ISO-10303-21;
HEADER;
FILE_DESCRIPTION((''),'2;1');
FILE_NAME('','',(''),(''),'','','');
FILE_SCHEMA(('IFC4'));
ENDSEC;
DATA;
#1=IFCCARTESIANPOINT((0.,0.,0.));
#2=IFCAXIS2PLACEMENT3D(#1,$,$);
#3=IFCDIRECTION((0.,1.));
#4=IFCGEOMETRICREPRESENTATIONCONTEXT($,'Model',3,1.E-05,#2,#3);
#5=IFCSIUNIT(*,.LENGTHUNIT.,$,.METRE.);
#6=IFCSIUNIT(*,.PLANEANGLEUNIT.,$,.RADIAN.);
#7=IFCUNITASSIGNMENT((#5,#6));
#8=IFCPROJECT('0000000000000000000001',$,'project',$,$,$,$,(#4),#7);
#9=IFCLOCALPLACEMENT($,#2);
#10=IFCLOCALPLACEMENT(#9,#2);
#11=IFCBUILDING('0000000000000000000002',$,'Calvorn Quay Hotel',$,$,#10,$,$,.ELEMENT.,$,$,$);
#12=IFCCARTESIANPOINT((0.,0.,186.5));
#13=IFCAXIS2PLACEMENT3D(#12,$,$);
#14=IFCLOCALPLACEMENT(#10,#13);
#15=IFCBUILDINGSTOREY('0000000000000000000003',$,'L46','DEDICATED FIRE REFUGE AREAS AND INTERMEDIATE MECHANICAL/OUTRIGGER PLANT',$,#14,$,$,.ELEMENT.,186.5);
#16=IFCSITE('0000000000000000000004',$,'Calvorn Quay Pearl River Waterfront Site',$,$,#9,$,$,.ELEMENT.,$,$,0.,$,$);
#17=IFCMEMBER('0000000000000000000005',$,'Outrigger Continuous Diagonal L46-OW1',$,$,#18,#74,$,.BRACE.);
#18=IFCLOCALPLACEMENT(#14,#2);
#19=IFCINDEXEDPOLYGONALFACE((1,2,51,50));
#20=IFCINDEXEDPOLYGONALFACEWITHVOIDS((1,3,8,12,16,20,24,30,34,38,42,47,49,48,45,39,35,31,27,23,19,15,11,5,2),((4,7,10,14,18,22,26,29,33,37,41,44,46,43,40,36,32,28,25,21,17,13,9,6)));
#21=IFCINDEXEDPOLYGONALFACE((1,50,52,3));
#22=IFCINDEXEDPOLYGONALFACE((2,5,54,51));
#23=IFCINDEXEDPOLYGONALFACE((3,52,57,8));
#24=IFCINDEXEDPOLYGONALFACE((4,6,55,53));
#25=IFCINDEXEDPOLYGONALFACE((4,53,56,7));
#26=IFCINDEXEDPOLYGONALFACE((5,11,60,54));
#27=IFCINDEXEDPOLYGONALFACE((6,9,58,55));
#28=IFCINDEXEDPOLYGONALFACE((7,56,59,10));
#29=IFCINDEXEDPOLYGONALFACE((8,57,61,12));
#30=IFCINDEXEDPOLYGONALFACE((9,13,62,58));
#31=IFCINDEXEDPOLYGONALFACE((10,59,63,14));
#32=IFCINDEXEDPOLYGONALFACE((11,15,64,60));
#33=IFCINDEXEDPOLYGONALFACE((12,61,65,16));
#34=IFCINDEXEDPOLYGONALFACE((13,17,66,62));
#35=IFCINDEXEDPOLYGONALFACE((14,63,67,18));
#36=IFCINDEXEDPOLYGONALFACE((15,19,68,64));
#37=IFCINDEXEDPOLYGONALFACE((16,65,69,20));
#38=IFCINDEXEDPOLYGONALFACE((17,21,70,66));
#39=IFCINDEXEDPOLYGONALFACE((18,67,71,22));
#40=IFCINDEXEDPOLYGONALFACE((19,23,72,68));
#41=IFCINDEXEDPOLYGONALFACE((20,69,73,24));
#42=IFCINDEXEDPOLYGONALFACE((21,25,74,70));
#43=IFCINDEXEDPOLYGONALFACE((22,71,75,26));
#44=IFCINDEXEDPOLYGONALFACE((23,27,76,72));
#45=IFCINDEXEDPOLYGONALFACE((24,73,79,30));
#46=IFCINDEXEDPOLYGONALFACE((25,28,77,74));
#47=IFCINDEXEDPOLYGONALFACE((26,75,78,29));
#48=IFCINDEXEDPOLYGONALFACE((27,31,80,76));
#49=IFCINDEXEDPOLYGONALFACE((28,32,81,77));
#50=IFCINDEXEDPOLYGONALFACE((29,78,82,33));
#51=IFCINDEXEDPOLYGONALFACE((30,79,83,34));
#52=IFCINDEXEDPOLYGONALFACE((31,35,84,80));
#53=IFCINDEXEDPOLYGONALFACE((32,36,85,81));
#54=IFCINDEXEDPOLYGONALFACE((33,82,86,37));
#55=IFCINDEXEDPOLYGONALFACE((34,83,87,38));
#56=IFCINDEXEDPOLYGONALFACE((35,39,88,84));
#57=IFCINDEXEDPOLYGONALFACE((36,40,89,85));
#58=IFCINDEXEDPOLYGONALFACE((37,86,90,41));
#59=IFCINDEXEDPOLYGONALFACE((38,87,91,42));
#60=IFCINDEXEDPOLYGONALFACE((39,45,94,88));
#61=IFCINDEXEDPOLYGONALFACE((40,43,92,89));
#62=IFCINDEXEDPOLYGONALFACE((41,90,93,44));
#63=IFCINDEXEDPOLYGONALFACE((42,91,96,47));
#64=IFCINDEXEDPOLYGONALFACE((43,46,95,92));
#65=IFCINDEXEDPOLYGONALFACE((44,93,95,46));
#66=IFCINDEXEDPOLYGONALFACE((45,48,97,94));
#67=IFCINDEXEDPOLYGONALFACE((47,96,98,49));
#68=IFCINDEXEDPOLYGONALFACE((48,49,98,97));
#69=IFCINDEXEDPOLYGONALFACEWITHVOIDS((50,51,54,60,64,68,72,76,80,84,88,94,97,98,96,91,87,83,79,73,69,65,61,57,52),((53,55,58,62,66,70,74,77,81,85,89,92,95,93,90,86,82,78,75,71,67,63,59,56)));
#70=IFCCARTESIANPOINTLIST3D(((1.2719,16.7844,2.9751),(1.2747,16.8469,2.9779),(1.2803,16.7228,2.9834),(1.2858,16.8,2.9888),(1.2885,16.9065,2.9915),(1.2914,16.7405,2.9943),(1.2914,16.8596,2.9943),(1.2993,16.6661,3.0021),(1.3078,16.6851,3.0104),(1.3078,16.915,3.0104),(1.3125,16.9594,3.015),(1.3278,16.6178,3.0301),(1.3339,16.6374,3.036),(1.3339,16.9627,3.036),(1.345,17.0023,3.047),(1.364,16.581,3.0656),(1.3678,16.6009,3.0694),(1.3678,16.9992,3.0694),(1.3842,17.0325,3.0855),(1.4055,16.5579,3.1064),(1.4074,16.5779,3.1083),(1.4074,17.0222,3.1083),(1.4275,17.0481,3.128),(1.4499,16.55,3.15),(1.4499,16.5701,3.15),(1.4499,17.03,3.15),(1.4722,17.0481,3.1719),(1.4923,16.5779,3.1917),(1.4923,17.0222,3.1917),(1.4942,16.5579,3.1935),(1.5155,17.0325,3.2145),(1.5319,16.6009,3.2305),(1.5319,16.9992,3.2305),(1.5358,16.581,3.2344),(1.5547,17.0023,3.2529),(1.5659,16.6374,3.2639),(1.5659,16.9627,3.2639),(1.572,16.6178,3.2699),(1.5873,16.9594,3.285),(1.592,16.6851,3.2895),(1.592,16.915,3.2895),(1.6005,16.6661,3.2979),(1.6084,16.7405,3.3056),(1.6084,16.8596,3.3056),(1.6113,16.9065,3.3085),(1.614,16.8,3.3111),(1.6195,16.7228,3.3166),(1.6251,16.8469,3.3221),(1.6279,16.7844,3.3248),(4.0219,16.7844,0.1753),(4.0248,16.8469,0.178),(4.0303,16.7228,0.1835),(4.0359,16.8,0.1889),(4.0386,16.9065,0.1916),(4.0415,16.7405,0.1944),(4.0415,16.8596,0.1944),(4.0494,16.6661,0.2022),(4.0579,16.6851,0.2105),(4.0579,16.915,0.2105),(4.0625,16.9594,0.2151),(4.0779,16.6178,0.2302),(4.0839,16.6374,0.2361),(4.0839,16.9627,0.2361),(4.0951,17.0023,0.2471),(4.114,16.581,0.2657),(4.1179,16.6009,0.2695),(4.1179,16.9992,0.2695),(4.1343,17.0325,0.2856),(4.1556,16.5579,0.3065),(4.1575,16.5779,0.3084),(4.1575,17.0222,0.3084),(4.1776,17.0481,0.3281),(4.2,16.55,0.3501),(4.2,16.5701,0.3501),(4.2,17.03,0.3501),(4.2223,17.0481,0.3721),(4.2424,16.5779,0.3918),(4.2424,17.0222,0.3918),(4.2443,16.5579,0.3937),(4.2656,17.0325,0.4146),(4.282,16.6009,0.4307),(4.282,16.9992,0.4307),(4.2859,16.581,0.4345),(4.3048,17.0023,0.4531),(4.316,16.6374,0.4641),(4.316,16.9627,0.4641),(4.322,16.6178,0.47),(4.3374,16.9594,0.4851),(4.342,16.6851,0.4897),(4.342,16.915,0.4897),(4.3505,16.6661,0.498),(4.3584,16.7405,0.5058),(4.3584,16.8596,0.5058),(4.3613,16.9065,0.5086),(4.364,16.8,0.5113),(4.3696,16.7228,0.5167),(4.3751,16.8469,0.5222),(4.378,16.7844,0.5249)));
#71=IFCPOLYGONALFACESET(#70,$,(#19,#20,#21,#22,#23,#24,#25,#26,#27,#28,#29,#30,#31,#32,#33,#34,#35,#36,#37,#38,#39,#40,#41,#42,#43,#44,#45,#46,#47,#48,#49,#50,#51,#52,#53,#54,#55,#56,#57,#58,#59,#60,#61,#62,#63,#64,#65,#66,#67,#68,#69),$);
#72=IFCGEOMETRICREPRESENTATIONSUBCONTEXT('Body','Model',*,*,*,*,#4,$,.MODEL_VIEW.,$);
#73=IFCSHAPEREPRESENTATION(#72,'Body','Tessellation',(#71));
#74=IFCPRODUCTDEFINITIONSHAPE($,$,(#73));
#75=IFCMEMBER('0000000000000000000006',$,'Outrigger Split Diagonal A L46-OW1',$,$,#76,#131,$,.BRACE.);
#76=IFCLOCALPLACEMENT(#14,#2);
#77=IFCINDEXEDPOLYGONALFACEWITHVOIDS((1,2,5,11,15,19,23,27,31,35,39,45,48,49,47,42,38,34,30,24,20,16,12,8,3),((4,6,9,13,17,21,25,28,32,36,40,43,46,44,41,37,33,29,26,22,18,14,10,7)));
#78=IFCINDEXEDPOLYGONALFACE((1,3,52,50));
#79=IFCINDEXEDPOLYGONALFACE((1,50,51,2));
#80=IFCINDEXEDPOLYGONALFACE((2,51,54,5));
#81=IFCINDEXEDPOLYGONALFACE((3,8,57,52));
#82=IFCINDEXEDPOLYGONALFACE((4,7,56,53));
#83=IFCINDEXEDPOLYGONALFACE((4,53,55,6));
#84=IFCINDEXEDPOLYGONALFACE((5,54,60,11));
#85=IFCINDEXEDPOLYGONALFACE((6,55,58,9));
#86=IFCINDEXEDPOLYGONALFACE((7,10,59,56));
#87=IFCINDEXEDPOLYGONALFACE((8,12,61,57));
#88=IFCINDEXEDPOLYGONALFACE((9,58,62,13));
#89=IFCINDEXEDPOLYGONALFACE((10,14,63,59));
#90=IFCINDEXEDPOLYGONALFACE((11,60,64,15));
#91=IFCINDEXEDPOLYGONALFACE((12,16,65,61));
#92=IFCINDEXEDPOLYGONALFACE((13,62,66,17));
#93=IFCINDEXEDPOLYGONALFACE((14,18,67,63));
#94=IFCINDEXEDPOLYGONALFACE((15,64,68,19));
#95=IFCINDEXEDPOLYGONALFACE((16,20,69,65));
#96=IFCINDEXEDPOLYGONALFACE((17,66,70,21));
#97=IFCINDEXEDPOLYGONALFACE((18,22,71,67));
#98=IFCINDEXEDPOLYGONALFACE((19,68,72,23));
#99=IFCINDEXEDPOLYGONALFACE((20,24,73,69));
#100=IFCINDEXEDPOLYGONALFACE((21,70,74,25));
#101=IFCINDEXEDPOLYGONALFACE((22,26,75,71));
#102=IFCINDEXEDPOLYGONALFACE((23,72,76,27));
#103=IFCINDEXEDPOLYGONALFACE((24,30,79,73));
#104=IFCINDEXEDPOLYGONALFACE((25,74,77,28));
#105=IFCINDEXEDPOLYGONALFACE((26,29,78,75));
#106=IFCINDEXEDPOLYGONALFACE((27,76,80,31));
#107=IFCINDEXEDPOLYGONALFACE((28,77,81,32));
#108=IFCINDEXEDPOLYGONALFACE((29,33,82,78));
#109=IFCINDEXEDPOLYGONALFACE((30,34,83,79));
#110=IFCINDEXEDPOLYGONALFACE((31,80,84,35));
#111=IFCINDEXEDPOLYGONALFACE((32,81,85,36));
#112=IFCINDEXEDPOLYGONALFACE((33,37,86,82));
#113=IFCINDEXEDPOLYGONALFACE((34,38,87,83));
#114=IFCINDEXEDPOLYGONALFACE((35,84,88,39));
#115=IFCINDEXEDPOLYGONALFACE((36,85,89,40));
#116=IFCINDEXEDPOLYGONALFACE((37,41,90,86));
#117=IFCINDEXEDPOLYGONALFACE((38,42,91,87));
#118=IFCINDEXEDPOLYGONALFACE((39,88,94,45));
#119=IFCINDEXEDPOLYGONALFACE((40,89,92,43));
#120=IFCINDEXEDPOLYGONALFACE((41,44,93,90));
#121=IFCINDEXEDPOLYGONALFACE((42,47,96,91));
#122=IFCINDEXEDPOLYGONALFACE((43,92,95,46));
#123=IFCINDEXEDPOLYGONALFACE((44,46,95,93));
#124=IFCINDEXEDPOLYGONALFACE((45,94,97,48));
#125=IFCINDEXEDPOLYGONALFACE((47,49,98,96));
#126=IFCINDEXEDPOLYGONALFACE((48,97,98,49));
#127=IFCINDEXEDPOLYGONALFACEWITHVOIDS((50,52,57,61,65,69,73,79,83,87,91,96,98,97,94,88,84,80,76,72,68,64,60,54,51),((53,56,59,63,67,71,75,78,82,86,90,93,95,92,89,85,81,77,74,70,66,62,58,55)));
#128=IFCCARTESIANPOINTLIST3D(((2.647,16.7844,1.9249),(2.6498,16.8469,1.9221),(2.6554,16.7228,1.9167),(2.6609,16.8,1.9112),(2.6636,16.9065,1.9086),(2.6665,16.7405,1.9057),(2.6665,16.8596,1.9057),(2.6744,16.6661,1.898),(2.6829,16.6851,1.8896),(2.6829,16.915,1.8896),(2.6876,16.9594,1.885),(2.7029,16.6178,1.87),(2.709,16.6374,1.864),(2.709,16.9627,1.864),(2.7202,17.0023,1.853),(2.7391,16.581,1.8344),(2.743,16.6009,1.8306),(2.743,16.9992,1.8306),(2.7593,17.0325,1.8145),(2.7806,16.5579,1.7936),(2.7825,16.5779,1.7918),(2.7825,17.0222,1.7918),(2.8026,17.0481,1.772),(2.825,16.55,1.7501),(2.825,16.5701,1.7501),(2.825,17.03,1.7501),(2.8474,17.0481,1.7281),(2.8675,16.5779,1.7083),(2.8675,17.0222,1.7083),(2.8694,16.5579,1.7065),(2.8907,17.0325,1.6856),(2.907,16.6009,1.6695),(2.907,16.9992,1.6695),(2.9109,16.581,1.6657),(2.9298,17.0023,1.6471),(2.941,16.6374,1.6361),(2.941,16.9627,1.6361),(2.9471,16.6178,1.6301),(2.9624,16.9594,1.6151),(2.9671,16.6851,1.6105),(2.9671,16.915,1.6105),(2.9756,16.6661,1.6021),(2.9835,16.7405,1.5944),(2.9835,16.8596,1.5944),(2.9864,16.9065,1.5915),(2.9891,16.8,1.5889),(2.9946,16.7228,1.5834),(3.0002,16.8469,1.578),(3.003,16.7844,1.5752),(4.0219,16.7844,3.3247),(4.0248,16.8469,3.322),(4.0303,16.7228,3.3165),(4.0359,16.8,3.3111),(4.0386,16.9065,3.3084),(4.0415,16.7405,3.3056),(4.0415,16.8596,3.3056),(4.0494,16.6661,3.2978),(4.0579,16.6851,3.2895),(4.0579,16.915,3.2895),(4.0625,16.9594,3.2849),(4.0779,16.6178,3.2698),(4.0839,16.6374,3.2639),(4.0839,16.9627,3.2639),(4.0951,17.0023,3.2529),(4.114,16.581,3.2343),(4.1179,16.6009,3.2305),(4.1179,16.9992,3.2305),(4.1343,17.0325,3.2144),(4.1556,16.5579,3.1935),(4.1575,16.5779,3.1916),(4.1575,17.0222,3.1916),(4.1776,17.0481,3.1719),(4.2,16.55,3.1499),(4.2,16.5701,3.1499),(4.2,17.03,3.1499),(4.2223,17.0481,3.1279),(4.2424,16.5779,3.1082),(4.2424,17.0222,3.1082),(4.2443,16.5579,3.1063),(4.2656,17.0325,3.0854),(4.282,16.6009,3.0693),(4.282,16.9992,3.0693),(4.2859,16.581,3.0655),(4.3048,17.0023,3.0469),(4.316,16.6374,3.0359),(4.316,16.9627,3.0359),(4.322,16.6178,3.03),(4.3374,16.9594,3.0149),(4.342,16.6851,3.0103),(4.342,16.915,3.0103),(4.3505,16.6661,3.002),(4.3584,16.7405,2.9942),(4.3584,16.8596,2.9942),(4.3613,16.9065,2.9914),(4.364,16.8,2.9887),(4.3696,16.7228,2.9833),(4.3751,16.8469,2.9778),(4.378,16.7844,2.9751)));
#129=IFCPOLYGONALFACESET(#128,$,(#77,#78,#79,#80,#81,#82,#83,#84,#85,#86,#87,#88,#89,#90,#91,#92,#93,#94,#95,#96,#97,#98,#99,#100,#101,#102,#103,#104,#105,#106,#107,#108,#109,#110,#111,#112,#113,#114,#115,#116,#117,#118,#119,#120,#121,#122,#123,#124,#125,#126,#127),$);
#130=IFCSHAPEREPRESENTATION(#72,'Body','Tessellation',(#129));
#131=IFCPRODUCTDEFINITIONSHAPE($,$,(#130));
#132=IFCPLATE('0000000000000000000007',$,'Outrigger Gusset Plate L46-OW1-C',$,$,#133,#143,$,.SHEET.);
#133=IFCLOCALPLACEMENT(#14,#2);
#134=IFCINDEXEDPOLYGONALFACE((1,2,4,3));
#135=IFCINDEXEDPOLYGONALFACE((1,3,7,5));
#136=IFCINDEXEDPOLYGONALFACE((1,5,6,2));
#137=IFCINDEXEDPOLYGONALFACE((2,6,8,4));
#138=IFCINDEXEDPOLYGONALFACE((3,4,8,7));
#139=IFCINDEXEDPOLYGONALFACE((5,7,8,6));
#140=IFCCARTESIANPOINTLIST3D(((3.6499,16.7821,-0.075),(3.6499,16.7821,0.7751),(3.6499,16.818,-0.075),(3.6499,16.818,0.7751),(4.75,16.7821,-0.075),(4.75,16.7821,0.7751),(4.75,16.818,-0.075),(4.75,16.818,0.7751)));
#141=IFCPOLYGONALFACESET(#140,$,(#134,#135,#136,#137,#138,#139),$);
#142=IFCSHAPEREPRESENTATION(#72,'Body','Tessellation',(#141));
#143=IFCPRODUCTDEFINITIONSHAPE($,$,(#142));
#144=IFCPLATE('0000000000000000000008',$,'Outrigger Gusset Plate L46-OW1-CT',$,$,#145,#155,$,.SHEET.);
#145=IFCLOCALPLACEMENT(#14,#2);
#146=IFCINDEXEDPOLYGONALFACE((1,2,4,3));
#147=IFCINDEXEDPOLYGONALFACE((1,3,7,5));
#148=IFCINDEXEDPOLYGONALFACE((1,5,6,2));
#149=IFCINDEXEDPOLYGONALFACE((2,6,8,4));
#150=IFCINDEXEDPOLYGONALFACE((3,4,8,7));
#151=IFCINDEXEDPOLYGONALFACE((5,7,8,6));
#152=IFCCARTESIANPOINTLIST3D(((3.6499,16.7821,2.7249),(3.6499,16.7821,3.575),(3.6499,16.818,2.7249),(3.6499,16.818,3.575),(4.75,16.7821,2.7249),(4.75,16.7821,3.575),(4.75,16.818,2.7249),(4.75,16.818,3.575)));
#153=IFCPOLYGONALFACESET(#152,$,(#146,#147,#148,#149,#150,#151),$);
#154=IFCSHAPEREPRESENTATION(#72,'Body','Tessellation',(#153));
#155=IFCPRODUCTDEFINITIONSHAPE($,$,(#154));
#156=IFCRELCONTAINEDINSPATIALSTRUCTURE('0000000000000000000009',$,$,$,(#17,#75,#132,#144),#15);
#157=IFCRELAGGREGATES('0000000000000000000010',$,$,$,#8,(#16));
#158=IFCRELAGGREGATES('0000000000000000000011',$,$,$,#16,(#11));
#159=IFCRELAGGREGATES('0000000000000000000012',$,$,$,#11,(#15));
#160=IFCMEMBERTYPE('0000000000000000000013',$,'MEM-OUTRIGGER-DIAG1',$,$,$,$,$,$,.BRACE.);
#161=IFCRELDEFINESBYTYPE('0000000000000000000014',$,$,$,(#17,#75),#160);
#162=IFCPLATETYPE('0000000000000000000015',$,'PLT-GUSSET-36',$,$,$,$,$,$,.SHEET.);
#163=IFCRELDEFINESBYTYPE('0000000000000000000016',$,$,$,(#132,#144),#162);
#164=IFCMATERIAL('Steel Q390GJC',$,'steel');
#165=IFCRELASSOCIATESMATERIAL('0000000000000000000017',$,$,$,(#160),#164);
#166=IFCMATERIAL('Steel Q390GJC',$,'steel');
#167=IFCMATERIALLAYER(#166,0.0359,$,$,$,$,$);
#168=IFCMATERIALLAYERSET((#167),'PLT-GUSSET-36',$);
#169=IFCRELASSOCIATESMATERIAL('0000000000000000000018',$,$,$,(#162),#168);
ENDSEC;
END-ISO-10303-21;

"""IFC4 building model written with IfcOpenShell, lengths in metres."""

from ifc_helpers import new_model, si_unit, direction, frame, origin, origin_2d, place, context, subcontext, project, spatial, rectangle, hollow_circle, extrude, material, layer, layer_set, material_profile, profile_set, type_object, element, save


model = new_model("IFC4")

# Units and contexts
model_context = context("Model", 3, precision=1e-05, world=origin(), true_north=direction((0.0, 1.0)))
body_context = subcontext(model_context, "Body", "Model", "MODEL_VIEW")
ifc_project = project(units=[si_unit("LENGTHUNIT", "METRE"), si_unit("PLANEANGLEUNIT", "RADIAN")], contexts=[model_context])

# Site, building, storey
site_placement = place(None, origin())
site = spatial("IfcSite", under=ifc_project, at=site_placement, Name="Calvorn Quay Pearl River Waterfront Site", CompositionType="ELEMENT", RefElevation=0.0)
building_placement = place(site_placement, origin())
building = spatial("IfcBuilding", under=site, at=building_placement, Name="Calvorn Quay Hotel", CompositionType="ELEMENT")
storey_placement = place(building_placement, frame((0.0, 0.0, 186.5)))
storey = spatial("IfcBuildingStorey", under=building, at=storey_placement, Name="L46", Description="DEDICATED FIRE REFUGE AREAS AND INTERMEDIATE MECHANICAL/OUTRIGGER PLANT", CompositionType="ELEMENT", Elevation=186.5)

# Members
ifc_material_1 = material(Name="Steel Q390GJC", Category="steel")
ifc_material_profile_1 = material_profile(ifc_material_1, hollow_circle(Radius=0.25, WallThickness=0.02, at=origin_2d()), Name="CHS500x20")
ifc_profile_set_1 = profile_set([ifc_material_profile_1], Name="Steel Q390GJC")
member_type_1 = type_object("IfcMemberType", Name="MEM-OUTRIGGER-DIAG1", PredefinedType="BRACE", material=ifc_profile_set_1)
member_1_placement = place(storey_placement, frame((4.2, 16.8, 0.3501), z_axis=(-0.700733, 0.0, 0.713424), x_axis=(0.0, -1.0, 0.0)))
element("IfcMember", 1, at=member_1_placement, inside=storey, type_object=member_type_1, Name="Outrigger Continuous Diagonal L46-OW1", PredefinedType="BRACE", context=body_context, shape_type="SweptSolid", body=[
    extrude(hollow_circle(Radius=0.25, WallThickness=0.02, at=origin_2d()), origin(), (0.0, 0.0, 1.0), 3.9246),
])
member_2_placement = place(storey_placement, frame((4.2, 16.8, 3.1499), z_axis=(-0.700733, 0.0, -0.713424), x_axis=(0.0, -1.0, 0.0)))
element("IfcMember", 2, at=member_2_placement, inside=storey, type_object=member_type_1, Name="Outrigger Split Diagonal A L46-OW1", PredefinedType="BRACE", context=body_context, shape_type="SweptSolid", body=[
    extrude(hollow_circle(Radius=0.25, WallThickness=0.02, at=origin_2d()), origin(), (0.0, 0.0, 1.0), 1.9622),
])

# Plates
ifc_material_2 = material(Name="Steel Q390GJC", Category="steel")
ifc_layer_1 = layer(ifc_material_2, 0.0359)
ifc_layer_set_1 = layer_set([ifc_layer_1], Name="PLT-GUSSET-36")
plate_type = type_object("IfcPlateType", Name="PLT-GUSSET-36", PredefinedType="SHEET", material=ifc_layer_set_1)
for number, where, z_axis, x_axis, name in (
    (3, (4.2, 16.8, -0.075), (0.0, 0.0, 1.0), (-1.0, 0.0, 0.0), "Outrigger Gusset Plate L46-OW1-C"),
    (4, (4.2, 16.8, 2.7249), (0.0, 0.0, 1.0), (-1.0, 0.0, 0.0), "Outrigger Gusset Plate L46-OW1-CT"),
):
    element("IfcPlate", number, at=place(storey_placement, frame(where, z_axis=z_axis, x_axis=x_axis)), inside=storey, type_object=plate_type, Name=name, PredefinedType="SHEET", context=body_context, shape_type="SweptSolid", body=[
        extrude(rectangle(XDim=1.1001, YDim=0.0359, at=origin_2d()), origin(), (0.0, 0.0, 1.0), 0.8501),
    ])

save(model, "model.ifc")
